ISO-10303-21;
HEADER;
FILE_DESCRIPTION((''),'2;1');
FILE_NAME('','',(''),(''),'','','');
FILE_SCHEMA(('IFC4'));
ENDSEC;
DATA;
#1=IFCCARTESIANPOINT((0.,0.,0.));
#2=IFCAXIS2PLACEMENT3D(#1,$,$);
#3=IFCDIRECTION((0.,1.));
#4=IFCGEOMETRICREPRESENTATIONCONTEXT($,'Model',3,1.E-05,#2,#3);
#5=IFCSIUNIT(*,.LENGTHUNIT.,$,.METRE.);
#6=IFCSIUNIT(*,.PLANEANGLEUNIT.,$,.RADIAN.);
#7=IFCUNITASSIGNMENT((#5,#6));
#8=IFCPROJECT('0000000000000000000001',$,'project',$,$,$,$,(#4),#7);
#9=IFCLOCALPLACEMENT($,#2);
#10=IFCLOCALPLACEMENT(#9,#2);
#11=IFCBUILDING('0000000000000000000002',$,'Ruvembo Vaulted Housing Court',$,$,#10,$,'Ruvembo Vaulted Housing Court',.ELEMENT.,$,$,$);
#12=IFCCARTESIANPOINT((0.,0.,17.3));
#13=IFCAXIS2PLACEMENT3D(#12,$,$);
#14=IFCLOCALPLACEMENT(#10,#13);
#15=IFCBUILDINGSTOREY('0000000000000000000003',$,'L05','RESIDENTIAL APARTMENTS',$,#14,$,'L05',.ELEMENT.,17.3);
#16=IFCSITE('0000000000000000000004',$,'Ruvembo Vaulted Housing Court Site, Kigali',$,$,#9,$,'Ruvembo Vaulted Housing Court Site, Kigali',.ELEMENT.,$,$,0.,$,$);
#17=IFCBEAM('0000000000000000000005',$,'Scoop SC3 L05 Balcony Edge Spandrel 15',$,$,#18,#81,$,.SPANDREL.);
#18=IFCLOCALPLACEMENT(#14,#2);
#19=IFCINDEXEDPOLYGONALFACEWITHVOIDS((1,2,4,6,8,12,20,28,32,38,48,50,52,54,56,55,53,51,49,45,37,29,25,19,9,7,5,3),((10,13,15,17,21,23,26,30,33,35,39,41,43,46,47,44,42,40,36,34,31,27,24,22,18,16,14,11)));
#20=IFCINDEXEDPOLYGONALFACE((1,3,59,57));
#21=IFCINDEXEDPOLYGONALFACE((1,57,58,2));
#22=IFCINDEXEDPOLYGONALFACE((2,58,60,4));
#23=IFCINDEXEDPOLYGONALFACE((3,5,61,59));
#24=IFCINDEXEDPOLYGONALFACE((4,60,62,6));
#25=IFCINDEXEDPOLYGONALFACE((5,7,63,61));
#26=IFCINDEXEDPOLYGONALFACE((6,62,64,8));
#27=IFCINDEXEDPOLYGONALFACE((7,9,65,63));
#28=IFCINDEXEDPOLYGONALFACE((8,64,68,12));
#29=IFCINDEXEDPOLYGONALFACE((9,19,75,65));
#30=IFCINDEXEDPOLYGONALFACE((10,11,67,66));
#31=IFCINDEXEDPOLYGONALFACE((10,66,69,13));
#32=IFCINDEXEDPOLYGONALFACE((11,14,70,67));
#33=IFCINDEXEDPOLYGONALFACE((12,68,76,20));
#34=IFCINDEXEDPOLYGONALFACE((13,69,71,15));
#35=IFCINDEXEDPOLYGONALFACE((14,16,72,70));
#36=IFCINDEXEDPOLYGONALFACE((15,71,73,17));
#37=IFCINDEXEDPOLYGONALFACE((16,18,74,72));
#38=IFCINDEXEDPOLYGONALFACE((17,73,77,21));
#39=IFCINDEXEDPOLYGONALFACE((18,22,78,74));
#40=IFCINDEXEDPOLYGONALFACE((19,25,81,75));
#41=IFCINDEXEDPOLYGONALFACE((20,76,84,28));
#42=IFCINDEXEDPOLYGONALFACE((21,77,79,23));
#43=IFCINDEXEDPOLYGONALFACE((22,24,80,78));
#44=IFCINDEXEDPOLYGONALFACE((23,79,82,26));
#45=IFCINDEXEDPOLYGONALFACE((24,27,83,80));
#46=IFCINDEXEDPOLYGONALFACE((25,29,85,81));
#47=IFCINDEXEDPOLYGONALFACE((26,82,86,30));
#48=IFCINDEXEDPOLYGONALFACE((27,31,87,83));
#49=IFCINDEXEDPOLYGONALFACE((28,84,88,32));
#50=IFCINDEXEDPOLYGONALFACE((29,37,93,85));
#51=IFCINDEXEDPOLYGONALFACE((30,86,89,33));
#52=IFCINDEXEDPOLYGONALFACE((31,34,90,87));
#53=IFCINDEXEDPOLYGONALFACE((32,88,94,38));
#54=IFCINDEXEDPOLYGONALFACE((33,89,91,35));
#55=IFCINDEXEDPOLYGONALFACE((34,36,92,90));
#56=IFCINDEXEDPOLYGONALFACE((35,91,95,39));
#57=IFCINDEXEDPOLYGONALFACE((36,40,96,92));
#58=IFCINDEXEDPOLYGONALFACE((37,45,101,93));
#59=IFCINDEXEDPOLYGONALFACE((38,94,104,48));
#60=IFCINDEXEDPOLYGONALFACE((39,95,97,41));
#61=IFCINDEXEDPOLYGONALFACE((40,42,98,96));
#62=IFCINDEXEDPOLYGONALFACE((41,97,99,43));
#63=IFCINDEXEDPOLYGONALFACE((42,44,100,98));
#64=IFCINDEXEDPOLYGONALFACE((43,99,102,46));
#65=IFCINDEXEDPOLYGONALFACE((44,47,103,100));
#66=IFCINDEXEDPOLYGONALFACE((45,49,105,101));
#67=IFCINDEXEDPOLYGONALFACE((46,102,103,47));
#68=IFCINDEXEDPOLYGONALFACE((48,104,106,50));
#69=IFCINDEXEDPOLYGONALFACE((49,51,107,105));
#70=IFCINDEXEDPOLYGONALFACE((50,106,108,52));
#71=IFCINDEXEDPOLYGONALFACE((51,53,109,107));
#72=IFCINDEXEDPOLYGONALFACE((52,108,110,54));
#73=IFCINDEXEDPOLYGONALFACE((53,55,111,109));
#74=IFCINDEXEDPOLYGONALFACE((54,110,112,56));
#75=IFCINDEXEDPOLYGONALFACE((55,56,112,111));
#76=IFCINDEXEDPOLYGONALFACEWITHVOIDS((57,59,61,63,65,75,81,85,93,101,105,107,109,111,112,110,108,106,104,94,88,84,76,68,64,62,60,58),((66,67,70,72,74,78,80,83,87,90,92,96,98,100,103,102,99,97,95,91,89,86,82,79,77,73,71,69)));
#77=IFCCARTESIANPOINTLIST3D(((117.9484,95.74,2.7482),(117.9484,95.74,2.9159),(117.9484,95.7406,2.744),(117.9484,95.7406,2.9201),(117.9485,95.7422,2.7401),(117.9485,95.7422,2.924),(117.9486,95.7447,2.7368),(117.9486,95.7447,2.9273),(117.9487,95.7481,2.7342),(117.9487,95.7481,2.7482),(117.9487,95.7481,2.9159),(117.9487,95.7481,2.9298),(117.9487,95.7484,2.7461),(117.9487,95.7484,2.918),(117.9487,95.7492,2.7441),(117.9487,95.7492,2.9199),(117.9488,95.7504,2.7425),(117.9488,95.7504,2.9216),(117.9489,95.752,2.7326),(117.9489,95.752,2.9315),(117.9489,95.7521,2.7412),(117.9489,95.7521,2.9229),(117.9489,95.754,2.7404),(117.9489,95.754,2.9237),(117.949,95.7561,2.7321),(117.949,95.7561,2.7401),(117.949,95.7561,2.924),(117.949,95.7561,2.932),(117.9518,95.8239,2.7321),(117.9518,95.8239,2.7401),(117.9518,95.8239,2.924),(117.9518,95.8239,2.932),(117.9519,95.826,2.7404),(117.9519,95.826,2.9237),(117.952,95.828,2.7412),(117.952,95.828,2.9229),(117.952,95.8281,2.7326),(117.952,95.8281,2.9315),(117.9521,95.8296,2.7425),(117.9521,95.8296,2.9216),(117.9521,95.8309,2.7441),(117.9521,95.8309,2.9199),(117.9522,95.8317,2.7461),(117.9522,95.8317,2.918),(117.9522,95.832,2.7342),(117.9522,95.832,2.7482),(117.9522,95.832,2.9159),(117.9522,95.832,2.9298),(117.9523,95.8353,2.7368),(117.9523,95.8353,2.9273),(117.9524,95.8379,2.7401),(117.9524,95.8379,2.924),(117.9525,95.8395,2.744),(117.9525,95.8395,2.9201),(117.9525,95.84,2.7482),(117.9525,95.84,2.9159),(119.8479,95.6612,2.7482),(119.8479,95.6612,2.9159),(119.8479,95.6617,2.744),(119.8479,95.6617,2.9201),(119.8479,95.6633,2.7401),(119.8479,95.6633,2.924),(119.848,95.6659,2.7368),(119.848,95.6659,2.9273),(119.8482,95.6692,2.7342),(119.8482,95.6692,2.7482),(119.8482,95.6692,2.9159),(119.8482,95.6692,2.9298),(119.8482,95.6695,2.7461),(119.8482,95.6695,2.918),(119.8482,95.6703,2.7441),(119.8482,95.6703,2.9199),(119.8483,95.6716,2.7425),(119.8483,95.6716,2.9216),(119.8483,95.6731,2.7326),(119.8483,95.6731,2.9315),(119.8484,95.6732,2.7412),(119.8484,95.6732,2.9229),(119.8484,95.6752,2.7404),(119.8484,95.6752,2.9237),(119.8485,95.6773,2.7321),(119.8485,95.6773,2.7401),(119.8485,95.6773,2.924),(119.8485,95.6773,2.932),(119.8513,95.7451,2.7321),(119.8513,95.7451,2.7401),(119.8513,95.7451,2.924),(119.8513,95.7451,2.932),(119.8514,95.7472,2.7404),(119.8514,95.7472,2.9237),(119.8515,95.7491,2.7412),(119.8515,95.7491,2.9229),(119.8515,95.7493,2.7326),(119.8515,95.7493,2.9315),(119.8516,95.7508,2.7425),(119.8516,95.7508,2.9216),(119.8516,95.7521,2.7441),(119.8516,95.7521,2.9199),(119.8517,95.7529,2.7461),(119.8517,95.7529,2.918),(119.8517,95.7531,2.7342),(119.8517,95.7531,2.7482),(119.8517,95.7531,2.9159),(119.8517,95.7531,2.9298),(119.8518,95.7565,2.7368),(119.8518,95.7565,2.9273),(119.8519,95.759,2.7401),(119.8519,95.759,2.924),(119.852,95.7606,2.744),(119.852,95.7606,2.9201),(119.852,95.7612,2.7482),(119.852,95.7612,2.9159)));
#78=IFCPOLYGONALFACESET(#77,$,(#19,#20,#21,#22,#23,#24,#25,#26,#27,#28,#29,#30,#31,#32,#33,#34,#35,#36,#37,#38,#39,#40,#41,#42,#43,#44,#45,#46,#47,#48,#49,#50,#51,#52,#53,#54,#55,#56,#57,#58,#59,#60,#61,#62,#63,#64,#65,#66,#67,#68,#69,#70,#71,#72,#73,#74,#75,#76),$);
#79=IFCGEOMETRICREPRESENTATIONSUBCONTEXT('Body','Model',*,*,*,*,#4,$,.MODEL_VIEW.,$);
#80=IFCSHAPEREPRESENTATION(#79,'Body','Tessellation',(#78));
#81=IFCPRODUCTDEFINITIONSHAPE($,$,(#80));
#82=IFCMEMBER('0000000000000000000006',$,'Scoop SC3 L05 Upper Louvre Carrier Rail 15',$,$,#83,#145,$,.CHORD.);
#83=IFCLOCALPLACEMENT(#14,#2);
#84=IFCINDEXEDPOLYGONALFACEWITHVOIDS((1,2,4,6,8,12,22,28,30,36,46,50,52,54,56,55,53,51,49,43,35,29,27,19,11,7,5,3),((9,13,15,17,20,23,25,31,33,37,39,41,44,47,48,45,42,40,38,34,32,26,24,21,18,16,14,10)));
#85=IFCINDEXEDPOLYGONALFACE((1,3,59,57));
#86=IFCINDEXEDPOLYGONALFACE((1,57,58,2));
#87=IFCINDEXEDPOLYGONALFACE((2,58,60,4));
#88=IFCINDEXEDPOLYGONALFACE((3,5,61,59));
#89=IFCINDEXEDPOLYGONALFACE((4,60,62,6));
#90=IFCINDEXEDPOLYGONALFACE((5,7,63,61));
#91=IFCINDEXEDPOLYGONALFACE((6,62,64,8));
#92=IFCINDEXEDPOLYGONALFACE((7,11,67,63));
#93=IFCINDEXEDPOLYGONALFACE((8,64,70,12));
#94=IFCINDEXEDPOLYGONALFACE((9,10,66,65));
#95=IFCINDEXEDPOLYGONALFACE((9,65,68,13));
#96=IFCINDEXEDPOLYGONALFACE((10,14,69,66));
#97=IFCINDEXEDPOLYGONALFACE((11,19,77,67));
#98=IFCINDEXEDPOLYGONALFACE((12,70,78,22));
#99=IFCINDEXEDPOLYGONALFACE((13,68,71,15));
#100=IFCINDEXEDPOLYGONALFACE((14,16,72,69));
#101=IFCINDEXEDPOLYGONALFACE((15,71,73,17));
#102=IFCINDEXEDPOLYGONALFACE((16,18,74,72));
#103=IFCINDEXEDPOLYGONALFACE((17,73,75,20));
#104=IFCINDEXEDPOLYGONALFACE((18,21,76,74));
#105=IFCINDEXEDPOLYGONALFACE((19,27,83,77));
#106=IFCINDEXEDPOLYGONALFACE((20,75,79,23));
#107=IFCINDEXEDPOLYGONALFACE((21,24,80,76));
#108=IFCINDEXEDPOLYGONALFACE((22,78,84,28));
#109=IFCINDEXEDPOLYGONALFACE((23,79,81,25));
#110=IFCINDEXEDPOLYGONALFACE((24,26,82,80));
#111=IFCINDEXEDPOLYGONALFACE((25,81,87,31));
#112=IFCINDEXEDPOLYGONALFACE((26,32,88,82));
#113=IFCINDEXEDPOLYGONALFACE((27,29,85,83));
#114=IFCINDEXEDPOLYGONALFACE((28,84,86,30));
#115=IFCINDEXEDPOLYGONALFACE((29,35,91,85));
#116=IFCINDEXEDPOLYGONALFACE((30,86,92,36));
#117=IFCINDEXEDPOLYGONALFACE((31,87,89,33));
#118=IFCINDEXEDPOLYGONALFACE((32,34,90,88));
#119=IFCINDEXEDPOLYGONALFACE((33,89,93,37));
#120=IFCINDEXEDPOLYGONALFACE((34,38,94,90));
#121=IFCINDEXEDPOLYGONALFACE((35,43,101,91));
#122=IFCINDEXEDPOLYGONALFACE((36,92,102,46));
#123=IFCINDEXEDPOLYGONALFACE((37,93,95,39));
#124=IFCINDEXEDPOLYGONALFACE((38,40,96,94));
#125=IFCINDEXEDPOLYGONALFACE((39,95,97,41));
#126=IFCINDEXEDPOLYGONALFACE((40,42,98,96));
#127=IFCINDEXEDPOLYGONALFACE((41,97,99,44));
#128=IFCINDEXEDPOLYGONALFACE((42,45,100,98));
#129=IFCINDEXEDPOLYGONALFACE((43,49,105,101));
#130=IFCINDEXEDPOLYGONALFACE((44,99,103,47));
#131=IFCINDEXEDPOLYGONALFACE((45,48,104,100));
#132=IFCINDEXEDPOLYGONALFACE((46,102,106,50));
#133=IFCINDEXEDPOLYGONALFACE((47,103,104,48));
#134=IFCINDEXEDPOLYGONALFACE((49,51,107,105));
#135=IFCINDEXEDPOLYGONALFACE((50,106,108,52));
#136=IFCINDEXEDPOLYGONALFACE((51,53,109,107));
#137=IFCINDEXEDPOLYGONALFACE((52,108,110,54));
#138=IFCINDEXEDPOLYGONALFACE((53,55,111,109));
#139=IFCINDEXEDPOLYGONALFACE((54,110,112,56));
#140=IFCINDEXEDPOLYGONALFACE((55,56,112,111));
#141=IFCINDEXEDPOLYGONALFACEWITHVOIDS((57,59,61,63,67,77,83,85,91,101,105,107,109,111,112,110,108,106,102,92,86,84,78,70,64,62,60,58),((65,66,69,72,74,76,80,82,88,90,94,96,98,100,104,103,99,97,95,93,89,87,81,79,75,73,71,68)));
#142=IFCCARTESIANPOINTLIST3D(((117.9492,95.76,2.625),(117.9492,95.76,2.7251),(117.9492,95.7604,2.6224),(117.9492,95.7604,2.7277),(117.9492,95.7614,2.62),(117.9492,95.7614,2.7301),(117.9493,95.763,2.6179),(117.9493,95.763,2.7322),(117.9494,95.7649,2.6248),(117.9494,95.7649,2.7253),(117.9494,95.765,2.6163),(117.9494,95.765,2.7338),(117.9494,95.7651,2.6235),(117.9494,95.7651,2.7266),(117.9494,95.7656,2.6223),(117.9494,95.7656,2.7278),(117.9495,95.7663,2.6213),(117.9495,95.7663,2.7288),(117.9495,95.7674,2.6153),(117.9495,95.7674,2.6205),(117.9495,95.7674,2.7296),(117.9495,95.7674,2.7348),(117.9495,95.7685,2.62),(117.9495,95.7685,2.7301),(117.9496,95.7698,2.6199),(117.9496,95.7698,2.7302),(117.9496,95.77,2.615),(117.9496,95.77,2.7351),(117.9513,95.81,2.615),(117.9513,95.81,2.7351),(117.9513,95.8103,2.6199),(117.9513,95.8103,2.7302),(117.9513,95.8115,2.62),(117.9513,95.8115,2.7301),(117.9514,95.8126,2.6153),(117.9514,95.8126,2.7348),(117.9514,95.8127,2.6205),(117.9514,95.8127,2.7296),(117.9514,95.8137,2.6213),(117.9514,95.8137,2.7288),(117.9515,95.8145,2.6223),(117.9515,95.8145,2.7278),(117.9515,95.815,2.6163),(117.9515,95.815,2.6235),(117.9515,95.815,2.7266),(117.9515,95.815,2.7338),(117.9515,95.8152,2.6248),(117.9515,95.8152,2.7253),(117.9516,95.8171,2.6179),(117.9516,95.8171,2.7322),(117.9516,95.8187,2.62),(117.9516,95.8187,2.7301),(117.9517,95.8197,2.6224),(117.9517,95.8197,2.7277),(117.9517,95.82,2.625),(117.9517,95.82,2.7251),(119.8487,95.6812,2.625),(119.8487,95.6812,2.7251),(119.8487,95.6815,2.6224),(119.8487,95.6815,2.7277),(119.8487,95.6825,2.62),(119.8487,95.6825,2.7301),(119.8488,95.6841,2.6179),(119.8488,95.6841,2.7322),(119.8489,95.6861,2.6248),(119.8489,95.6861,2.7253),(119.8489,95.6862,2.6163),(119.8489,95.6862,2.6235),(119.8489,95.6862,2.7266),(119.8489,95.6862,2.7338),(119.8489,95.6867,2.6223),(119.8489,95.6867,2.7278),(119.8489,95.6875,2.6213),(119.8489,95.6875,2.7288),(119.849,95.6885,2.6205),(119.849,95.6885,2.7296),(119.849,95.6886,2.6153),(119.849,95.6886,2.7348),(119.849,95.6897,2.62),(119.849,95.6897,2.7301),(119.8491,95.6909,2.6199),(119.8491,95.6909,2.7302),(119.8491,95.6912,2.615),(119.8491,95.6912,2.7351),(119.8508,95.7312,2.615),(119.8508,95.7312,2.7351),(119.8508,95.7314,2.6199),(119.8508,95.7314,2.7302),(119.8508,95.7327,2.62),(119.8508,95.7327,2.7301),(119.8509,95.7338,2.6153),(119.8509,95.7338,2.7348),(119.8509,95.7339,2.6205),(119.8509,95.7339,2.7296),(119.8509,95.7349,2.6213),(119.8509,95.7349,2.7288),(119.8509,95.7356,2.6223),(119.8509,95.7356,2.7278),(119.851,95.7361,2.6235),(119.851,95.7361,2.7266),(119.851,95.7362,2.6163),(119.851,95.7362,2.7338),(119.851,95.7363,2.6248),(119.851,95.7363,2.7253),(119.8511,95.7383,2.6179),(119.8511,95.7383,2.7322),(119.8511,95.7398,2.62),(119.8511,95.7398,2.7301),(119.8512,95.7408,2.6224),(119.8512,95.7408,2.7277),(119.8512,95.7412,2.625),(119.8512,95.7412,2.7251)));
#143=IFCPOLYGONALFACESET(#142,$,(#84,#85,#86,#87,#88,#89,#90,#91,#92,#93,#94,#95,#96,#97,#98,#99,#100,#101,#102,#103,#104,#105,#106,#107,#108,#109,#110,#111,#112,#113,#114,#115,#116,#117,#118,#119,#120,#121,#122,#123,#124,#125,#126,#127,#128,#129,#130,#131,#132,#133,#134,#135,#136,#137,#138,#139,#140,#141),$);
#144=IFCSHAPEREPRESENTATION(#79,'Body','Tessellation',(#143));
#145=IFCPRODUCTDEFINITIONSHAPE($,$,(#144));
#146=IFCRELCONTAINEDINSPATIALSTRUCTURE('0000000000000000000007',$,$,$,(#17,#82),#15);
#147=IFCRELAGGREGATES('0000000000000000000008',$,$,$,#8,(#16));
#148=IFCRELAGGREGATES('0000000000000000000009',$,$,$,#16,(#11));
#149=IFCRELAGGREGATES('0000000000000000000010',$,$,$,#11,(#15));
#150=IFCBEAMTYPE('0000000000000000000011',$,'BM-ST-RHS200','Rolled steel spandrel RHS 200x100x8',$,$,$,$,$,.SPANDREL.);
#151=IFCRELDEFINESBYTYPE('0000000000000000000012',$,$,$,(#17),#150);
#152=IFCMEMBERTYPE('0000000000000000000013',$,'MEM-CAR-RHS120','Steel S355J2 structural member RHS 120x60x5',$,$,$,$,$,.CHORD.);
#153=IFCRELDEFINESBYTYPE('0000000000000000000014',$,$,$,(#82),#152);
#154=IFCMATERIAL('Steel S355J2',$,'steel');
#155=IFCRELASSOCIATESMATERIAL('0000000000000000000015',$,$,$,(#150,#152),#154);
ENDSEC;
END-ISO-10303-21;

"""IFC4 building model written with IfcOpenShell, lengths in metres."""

from ifc_helpers import new_model, si_unit, direction, frame, origin, origin_2d, place, context, subcontext, project, spatial, hollow_rectangle, extrude, material, material_profile, profile_set, type_object, element, save


model = new_model("IFC4")

# Units and contexts
model_context = context("Model", 3, precision=1e-05, world=origin(), true_north=direction((0.0, 1.0)))
body_context = subcontext(model_context, "Body", "Model", "MODEL_VIEW")
ifc_project = project(units=[si_unit("LENGTHUNIT", "METRE"), si_unit("PLANEANGLEUNIT", "RADIAN")], contexts=[model_context])

# Site, building, storey
site_placement = place(None, origin())
site = spatial("IfcSite", under=ifc_project, at=site_placement, Name="Ruvembo Vaulted Housing Court Site, Kigali", LongName="Ruvembo Vaulted Housing Court Site, Kigali", CompositionType="ELEMENT", RefElevation=0.0)
building_placement = place(site_placement, origin())
building = spatial("IfcBuilding", under=site, at=building_placement, Name="Ruvembo Vaulted Housing Court", LongName="Ruvembo Vaulted Housing Court", CompositionType="ELEMENT")
storey_placement = place(building_placement, frame((0.0, 0.0, 17.3)))
storey = spatial("IfcBuildingStorey", under=building, at=storey_placement, Name="L05", Description="RESIDENTIAL APARTMENTS", LongName="L05", CompositionType="ELEMENT", Elevation=17.3)

# Beam
ifc_material_1 = material(Name="Steel S355J2", Category="steel")
ifc_material_profile_1 = material_profile(ifc_material_1, hollow_rectangle(XDim=0.1001, YDim=0.2, WallThickness=0.0081, InnerFilletRadius=0.0081, OuterFilletRadius=0.0161, at=origin_2d()), Name="RHS 200x100x8")
ifc_profile_set_1 = profile_set([ifc_material_profile_1], Name="Steel S355J2")
beam_type_1 = type_object("IfcBeamType", Name="BM-ST-RHS200", Description="Rolled steel spandrel RHS 200x100x8", PredefinedType="SPANDREL", material=ifc_profile_set_1)
beam_placement = place(storey_placement, frame((117.9504, 95.79, 2.832), z_axis=(0.999139, -0.041481, 0.0), x_axis=(0.041481, 0.999139, 0.0)))
element("IfcBeam", 1, at=beam_placement, inside=storey, type_object=beam_type_1, Name="Scoop SC3 L05 Balcony Edge Spandrel 15", PredefinedType="SPANDREL", context=body_context, shape_type="SweptSolid", body=[
    extrude(hollow_rectangle(XDim=0.1001, YDim=0.2, WallThickness=0.0081, InnerFilletRadius=0.0081, OuterFilletRadius=0.0161, at=origin_2d()), origin(), (0.0, 0.0, 1.0), 1.9011),
])

# Member
ifc_material_profile_2 = material_profile(ifc_material_1, hollow_rectangle(XDim=0.0601, YDim=0.1201, WallThickness=0.0049, InnerFilletRadius=0.0049, OuterFilletRadius=0.01, at=origin_2d()), Name="RHS 120x60x5")
ifc_profile_set_2 = profile_set([ifc_material_profile_2], Name="Steel S355J2")
member_type_1 = type_object("IfcMemberType", Name="MEM-CAR-RHS120", Description="Steel S355J2 structural member RHS 120x60x5", PredefinedType="CHORD", material=ifc_profile_set_2)
member_1_placement = place(storey_placement, frame((117.9504, 95.79, 2.675), z_axis=(0.999139, -0.041481, 0.0), x_axis=(0.041481, 0.999139, 0.0)))
element("IfcMember", 2, at=member_1_placement, inside=storey, type_object=member_type_1, Name="Scoop SC3 L05 Upper Louvre Carrier Rail 15", PredefinedType="CHORD", context=body_context, shape_type="SweptSolid", body=[
    extrude(hollow_rectangle(XDim=0.0601, YDim=0.1201, WallThickness=0.0049, InnerFilletRadius=0.0049, OuterFilletRadius=0.01, at=origin_2d()), origin(), (0.0, 0.0, 1.0), 1.9011),
])

save(model, "model.ifc")
